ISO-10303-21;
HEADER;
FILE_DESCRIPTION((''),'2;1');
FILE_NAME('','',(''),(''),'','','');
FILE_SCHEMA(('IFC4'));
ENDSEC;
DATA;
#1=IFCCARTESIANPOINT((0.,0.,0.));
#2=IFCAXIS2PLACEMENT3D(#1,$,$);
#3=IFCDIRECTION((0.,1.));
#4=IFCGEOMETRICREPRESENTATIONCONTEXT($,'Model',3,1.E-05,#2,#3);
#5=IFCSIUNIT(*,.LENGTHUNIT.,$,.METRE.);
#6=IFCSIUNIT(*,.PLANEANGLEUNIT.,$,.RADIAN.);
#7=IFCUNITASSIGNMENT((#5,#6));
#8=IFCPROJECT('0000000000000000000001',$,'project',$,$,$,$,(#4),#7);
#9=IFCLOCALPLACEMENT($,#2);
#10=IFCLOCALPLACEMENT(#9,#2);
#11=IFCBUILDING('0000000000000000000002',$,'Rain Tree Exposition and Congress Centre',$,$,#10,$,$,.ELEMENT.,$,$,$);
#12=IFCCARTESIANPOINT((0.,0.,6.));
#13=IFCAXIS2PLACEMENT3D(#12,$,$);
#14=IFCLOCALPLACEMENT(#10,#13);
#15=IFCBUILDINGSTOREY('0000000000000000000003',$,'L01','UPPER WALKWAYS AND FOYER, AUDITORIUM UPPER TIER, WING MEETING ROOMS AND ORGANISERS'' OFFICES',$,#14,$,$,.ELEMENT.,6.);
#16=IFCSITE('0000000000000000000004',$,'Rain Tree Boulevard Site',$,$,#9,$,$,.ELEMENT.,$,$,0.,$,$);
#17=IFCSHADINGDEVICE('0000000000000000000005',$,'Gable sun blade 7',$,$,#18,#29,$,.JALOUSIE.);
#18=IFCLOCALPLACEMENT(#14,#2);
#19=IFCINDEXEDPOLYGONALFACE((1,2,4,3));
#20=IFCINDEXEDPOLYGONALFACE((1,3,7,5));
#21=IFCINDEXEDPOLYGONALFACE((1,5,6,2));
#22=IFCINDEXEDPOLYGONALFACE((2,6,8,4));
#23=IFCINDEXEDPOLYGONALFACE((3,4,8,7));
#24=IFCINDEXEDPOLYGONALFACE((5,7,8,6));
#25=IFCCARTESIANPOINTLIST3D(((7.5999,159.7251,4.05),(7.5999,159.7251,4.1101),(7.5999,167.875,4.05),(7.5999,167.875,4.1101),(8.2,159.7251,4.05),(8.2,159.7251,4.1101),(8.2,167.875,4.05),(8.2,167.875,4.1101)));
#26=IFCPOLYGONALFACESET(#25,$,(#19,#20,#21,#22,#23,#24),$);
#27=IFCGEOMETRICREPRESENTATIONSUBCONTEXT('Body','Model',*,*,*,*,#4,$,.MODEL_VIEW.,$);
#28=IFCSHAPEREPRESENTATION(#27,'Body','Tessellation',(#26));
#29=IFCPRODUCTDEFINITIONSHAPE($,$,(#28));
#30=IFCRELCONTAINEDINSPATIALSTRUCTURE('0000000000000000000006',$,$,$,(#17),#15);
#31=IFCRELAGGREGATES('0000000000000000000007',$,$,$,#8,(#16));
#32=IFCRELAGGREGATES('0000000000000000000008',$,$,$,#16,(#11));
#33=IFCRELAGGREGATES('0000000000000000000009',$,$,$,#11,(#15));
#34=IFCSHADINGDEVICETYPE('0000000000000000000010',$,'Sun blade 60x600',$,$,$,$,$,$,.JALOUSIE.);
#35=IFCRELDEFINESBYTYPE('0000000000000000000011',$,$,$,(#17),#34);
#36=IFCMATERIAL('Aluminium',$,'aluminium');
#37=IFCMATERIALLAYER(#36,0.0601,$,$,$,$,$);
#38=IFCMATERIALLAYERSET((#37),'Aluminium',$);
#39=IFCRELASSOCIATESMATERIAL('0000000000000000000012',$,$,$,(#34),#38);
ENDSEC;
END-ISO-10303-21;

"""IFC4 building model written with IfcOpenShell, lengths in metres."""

from ifc_helpers import new_model, si_unit, direction, frame, origin, origin_2d, place, context, subcontext, project, spatial, rectangle, extrude, material, layer, layer_set, type_object, element, save


model = new_model("IFC4")

# Units and contexts
model_context = context("Model", 3, precision=1e-05, world=origin(), true_north=direction((0.0, 1.0)))
body_context = subcontext(model_context, "Body", "Model", "MODEL_VIEW")
ifc_project = project(units=[si_unit("LENGTHUNIT", "METRE"), si_unit("PLANEANGLEUNIT", "RADIAN")], contexts=[model_context])

# Site, building, storey
site_placement = place(None, origin())
site = spatial("IfcSite", under=ifc_project, at=site_placement, Name="Rain Tree Boulevard Site", CompositionType="ELEMENT", RefElevation=0.0)
building_placement = place(site_placement, origin())
building = spatial("IfcBuilding", under=site, at=building_placement, Name="Rain Tree Exposition and Congress Centre", CompositionType="ELEMENT")
storey_placement = place(building_placement, frame((0.0, 0.0, 6.0)))
storey = spatial("IfcBuildingStorey", under=building, at=storey_placement, Name="L01", Description="UPPER WALKWAYS AND FOYER, AUDITORIUM UPPER TIER, WING MEETING ROOMS AND ORGANISERS' OFFICES", CompositionType="ELEMENT", Elevation=6.0)

# Shading device
ifc_material_1 = material(Name="Aluminium", Category="aluminium")
ifc_layer_1 = layer(ifc_material_1, 0.0601)
ifc_layer_set_1 = layer_set([ifc_layer_1], Name="Aluminium")
shading_device_type = type_object("IfcShadingDeviceType", Name="Sun blade 60x600", PredefinedType="JALOUSIE", material=ifc_layer_set_1)
for number, where, z_axis, x_axis, name in (
    (1, (7.8999, 163.8, 4.05), (0.0, 0.0, 1.0), (1.0, 0.0, 0.0), "Gable sun blade 7"),
):
    element("IfcShadingDevice", number, at=place(storey_placement, frame(where, z_axis=z_axis, x_axis=x_axis)), inside=storey, type_object=shading_device_type, Name=name, PredefinedType="JALOUSIE", context=body_context, shape_type="SweptSolid", body=[
        extrude(rectangle(XDim=0.6001, YDim=8.1499, at=origin_2d()), origin(), (0.0, 0.0, 1.0), 0.0601),
    ])

save(model, "model.ifc")
